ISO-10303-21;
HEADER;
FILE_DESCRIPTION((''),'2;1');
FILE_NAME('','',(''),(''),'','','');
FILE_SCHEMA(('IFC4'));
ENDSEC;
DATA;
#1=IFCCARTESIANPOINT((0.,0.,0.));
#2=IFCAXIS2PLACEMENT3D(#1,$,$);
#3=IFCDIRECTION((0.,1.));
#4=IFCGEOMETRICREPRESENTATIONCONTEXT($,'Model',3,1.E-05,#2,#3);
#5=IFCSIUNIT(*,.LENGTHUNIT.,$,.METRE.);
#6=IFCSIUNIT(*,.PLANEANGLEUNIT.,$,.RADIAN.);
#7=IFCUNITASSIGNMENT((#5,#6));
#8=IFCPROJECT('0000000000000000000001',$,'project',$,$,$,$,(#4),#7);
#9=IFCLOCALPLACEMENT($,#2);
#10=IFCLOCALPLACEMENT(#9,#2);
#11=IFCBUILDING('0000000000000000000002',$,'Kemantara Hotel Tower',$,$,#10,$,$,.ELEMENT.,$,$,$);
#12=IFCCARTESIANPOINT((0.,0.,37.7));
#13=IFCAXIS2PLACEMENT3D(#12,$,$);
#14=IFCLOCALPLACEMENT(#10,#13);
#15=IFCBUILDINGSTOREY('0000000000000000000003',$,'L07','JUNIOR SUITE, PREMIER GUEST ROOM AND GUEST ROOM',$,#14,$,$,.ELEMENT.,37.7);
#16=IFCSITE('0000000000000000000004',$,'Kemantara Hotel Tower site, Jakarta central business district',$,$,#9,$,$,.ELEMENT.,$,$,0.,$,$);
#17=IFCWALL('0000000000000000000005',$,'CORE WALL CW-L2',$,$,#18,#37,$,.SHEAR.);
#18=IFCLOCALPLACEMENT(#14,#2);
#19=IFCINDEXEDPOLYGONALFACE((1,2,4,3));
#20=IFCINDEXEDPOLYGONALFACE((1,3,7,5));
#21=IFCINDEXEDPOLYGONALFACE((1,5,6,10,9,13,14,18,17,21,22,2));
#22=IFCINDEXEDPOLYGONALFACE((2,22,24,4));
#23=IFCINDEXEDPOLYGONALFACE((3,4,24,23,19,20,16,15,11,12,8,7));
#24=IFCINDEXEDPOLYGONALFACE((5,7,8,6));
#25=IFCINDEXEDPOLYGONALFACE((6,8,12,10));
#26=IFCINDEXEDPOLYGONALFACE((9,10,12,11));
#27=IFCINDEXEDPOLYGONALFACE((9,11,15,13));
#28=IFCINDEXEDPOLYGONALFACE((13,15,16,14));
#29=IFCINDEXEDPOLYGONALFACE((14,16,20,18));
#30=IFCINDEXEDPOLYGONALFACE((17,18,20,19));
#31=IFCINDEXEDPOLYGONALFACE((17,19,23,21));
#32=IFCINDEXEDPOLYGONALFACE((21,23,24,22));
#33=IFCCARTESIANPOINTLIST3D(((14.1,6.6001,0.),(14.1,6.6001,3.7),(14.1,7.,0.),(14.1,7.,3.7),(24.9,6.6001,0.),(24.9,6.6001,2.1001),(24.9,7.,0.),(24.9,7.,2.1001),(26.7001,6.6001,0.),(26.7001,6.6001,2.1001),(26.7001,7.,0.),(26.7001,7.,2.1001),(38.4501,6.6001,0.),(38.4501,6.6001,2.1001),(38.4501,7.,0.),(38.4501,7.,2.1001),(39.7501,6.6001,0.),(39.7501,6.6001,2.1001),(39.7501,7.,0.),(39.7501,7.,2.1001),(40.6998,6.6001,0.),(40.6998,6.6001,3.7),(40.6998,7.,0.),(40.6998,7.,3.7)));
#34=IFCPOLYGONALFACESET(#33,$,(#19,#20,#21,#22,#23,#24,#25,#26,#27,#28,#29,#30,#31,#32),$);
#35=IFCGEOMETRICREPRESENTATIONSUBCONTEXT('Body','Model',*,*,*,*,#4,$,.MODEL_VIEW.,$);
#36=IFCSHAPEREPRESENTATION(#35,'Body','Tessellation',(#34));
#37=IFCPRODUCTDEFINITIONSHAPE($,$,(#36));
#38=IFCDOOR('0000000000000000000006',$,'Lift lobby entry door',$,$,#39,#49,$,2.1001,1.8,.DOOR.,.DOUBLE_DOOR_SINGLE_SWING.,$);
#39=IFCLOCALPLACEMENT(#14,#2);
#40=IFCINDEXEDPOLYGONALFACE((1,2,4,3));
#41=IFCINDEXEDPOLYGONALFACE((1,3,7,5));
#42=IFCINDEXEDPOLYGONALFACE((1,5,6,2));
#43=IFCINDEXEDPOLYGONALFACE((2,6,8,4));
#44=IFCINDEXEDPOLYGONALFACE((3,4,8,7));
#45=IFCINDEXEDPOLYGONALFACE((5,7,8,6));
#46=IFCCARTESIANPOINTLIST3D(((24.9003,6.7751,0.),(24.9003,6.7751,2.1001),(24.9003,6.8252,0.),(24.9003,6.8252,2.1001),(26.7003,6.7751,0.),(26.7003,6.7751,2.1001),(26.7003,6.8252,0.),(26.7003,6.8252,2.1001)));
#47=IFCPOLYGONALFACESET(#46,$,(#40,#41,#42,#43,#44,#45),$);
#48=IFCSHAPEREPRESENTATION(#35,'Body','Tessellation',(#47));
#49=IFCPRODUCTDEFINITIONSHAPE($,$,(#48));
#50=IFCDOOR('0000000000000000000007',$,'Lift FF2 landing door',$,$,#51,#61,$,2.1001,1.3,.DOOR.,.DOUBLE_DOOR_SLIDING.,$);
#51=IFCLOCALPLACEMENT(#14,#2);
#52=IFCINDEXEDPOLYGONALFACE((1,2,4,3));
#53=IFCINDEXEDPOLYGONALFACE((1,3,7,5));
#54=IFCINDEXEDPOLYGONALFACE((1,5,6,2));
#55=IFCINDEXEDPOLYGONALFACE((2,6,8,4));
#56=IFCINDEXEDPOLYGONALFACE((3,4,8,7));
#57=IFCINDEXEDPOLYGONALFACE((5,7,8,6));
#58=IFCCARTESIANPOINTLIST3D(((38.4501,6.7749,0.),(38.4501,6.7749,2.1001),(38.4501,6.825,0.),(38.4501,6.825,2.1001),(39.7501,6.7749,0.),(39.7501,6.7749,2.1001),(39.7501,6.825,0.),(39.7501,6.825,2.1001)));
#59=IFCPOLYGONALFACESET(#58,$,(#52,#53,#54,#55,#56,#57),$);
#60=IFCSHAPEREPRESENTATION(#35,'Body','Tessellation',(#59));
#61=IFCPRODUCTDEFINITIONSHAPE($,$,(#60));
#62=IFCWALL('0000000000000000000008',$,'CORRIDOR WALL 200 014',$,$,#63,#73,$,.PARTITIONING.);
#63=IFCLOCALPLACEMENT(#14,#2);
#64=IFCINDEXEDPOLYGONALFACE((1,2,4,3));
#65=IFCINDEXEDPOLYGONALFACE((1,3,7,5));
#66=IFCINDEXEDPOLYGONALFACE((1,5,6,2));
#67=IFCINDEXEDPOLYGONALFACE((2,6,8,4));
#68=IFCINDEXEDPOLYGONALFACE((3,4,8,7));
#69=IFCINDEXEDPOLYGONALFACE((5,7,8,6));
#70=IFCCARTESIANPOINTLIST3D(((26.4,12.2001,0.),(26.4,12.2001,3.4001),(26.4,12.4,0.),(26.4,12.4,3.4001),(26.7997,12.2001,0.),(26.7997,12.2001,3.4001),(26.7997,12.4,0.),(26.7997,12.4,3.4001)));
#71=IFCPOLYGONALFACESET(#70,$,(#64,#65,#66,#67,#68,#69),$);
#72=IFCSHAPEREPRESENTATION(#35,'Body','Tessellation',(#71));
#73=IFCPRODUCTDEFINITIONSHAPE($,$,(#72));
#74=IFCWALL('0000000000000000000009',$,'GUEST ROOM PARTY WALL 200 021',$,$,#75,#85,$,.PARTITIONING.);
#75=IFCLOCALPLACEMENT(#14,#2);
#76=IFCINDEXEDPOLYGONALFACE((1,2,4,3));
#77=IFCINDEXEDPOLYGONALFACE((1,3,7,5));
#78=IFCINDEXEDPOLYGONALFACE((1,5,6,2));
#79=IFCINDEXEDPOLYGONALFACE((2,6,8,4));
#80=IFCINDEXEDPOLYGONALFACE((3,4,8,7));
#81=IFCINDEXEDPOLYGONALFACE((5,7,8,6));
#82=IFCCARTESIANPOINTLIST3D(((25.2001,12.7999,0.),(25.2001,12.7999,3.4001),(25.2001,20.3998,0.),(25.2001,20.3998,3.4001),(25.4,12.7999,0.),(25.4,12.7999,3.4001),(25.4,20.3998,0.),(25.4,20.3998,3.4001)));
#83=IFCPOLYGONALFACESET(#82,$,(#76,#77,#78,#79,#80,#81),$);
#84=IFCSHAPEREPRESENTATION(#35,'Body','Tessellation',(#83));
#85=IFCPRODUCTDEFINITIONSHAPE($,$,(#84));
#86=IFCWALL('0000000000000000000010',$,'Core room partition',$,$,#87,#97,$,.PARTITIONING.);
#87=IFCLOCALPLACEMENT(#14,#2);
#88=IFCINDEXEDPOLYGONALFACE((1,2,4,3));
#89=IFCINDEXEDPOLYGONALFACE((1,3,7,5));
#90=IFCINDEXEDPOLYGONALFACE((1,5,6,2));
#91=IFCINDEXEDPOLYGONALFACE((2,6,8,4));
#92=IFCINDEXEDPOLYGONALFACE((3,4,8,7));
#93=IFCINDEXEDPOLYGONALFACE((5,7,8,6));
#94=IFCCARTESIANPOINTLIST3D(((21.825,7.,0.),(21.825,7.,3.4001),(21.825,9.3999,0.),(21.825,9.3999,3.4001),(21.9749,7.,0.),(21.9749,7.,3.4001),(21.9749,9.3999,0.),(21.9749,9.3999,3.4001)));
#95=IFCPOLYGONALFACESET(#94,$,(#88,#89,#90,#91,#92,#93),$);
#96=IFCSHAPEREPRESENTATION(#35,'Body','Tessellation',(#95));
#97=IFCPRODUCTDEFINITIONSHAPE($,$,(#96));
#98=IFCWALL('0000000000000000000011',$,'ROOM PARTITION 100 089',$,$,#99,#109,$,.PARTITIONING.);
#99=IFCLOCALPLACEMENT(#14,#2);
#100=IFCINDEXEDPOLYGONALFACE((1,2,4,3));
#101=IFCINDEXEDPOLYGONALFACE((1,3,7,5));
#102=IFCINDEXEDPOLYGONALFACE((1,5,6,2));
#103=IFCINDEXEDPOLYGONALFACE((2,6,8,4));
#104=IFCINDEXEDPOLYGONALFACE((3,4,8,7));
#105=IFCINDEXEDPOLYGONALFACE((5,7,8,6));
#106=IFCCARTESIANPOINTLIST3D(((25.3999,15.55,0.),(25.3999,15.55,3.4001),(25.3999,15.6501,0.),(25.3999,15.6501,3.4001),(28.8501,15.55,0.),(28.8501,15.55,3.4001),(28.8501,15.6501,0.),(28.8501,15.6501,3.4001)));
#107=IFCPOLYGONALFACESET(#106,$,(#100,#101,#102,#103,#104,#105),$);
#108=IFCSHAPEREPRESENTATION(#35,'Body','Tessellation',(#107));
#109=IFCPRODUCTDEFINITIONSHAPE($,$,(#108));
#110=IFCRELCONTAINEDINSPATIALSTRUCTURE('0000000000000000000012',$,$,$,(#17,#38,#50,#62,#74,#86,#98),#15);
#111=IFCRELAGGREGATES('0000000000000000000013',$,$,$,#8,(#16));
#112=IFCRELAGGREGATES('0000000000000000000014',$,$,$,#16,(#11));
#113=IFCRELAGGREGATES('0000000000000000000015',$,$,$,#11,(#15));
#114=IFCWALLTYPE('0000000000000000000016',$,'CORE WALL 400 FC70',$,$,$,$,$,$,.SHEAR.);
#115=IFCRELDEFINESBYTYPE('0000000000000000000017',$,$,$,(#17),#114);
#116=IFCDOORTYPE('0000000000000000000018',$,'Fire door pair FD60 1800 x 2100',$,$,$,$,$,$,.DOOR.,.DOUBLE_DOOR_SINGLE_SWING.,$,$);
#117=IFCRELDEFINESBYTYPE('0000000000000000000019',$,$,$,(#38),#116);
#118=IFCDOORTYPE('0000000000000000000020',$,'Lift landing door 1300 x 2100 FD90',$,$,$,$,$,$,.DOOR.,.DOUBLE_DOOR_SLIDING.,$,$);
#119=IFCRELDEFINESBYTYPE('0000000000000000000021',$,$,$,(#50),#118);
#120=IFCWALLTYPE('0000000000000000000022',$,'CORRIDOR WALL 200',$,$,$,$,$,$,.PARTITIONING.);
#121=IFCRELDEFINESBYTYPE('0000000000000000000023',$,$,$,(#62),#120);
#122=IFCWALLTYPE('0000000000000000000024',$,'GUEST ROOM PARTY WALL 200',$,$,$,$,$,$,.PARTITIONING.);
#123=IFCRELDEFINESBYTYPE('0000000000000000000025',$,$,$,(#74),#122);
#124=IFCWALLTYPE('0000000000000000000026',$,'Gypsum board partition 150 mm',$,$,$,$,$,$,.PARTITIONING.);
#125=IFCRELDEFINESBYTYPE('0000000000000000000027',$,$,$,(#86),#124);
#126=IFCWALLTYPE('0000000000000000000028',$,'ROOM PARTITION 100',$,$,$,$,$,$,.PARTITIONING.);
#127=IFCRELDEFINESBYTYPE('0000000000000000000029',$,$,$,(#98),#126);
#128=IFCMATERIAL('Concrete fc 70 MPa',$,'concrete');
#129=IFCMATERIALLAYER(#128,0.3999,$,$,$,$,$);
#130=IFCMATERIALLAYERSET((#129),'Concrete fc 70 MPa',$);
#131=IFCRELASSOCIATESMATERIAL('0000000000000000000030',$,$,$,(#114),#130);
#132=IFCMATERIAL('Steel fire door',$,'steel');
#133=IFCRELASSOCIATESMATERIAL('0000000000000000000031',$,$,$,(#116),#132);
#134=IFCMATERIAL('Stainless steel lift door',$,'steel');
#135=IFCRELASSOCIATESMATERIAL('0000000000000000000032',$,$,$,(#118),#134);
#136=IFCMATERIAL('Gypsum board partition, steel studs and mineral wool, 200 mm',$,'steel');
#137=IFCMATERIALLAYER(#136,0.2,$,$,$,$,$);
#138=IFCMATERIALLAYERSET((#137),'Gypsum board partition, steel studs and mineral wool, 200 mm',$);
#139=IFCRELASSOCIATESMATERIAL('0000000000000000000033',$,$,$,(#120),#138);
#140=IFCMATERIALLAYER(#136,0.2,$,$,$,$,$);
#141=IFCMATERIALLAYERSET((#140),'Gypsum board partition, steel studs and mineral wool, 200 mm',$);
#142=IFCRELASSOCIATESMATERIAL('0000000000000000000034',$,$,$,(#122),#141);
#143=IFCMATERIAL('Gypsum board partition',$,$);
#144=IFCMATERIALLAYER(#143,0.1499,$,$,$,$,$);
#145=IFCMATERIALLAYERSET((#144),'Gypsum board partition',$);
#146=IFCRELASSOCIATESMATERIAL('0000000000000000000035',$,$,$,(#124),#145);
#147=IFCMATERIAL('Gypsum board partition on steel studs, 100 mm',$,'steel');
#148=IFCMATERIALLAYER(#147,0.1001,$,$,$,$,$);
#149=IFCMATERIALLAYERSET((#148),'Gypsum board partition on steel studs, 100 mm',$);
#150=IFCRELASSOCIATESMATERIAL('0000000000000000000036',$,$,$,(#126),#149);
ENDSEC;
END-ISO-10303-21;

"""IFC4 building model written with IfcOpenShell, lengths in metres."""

from ifc_helpers import new_model, si_unit, direction, frame, frame_2d, origin, place, context, subcontext, project, spatial, rectangle, extrude, material, layer, layer_set, type_object, element, fill, save


model = new_model("IFC4")

# Units and contexts
model_context = context("Model", 3, precision=1e-05, world=origin(), true_north=direction((0.0, 1.0)))
body_context = subcontext(model_context, "Body", "Model", "MODEL_VIEW")
ifc_project = project(units=[si_unit("LENGTHUNIT", "METRE"), si_unit("PLANEANGLEUNIT", "RADIAN")], contexts=[model_context])

# Site, building, storey
site_placement = place(None, origin())
site = spatial("IfcSite", under=ifc_project, at=site_placement, Name="Kemantara Hotel Tower site, Jakarta central business district", CompositionType="ELEMENT", RefElevation=0.0)
building_placement = place(site_placement, origin())
building = spatial("IfcBuilding", under=site, at=building_placement, Name="Kemantara Hotel Tower", CompositionType="ELEMENT")
storey_placement = place(building_placement, frame((0.0, 0.0, 37.7)))
storey = spatial("IfcBuildingStorey", under=building, at=storey_placement, Name="L07", Description="JUNIOR SUITE, PREMIER GUEST ROOM AND GUEST ROOM", CompositionType="ELEMENT", Elevation=37.7)

# Shared definitions
ifc_material_1 = material(Name="Concrete fc 70 MPa", Category="concrete")

# Shared definitions
ifc_layer_1 = layer(ifc_material_1, 0.3999)
ifc_layer_set_1 = layer_set([ifc_layer_1], Name="Concrete fc 70 MPa")
wall_type_1 = type_object("IfcWallType", Name="CORE WALL 400 FC70", PredefinedType="SHEAR", material=ifc_layer_set_1)
ifc_material_2 = material(Name="Steel fire door", Category="steel")

# Wall, openings, doors
wall_1_placement = place(storey_placement, frame((14.1001, 6.8, 0.0), z_axis=(0.0, 0.0, 1.0), x_axis=(1.0, 0.0, 0.0)))
wall_1 = element("IfcWall", 1, at=wall_1_placement, inside=storey, type_object=wall_type_1, Name="CORE WALL CW-L2", PredefinedType="SHEAR", context=body_context, shape_type="SweptSolid", body=[
    extrude(rectangle(XDim=26.5999, YDim=0.3999, at=frame_2d((13.2998, 0.0))), origin(), (0.0, 0.0, 1.0), 3.7),
])
opening_1_placement = place(wall_1_placement, frame((10.8, 0.0, 0.0)))
opening_1 = element("IfcOpeningElement", 2, at=opening_1_placement, cuts=wall_1, PredefinedType="OPENING", context=body_context, shape_type="SweptSolid", body=[
    extrude(rectangle(XDim=1.8, YDim=2.1001, at=frame_2d((0.8999, 1.05))), frame((0.0, 0.21, 0.0), z_axis=(0.0, -1.0, 0.0), x_axis=(1.0, 0.0, 0.0)), (0.0, 0.0, 1.0), 0.4199),
])
opening_2_placement = place(wall_1_placement, frame((24.3501, 0.0, 0.0)))
opening_2 = element("IfcOpeningElement", 3, at=opening_2_placement, cuts=wall_1, PredefinedType="OPENING", context=body_context, shape_type="SweptSolid", body=[
    extrude(rectangle(XDim=1.3, YDim=2.1001, at=frame_2d((0.6499, 1.05))), frame((0.0, 0.21, 0.0), z_axis=(0.0, -1.0, 0.0), x_axis=(1.0, 0.0, 0.0)), (0.0, 0.0, 1.0), 0.4199),
])
door_type_1 = type_object("IfcDoorType", Name="Fire door pair FD60 1800 x 2100", OperationType="DOUBLE_DOOR_SINGLE_SWING", PredefinedType="DOOR", material=ifc_material_2)
door_1_placement = place(opening_1_placement, frame((1.8, 0.0, 0.0), z_axis=(0.0, 0.0, 1.0), x_axis=(-1.0, 0.0, 0.0)))
door_1 = element("IfcDoor", 4, at=door_1_placement, inside=storey, type_object=door_type_1, Name="Lift lobby entry door", OperationType="DOUBLE_DOOR_SINGLE_SWING", OverallHeight=2.1001, OverallWidth=1.8, PredefinedType="DOOR", context=body_context, shape_type="SweptSolid", body=[
    extrude(rectangle(XDim=1.8, YDim=2.1001, at=frame_2d((0.8999, 1.05))), frame((0.0, 0.0249, 0.0), z_axis=(0.0, -1.0, 0.0), x_axis=(1.0, 0.0, 0.0)), (0.0, 0.0, 1.0), 0.05),
])
fill(opening_1, door_1)
ifc_material_3 = material(Name="Stainless steel lift door", Category="steel")
door_type_2 = type_object("IfcDoorType", Name="Lift landing door 1300 x 2100 FD90", OperationType="DOUBLE_DOOR_SLIDING", PredefinedType="DOOR", material=ifc_material_3)
door_2_placement = place(opening_2_placement, origin())
door_2 = element("IfcDoor", 5, at=door_2_placement, inside=storey, type_object=door_type_2, Name="Lift FF2 landing door", OperationType="DOUBLE_DOOR_SLIDING", OverallHeight=2.1001, OverallWidth=1.3, PredefinedType="DOOR", context=body_context, shape_type="SweptSolid", body=[
    extrude(rectangle(XDim=1.3, YDim=2.1001, at=frame_2d((0.6499, 1.05))), frame((0.0, 0.0249, 0.0), z_axis=(0.0, -1.0, 0.0), x_axis=(1.0, 0.0, 0.0)), (0.0, 0.0, 1.0), 0.05),
])
fill(opening_2, door_2)

# Walls
ifc_material_4 = material(Name="Gypsum board partition, steel studs and mineral wool, 200 mm", Category="steel")
ifc_layer_2 = layer(ifc_material_4, 0.2)
ifc_layer_set_2 = layer_set([ifc_layer_2], Name="Gypsum board partition, steel studs and mineral wool, 200 mm")
wall_type_2 = type_object("IfcWallType", Name="CORRIDOR WALL 200", PredefinedType="PARTITIONING", material=ifc_layer_set_2)
wall_2_placement = place(storey_placement, frame((26.4001, 12.3, 0.0), z_axis=(0.0, 0.0, 1.0), x_axis=(1.0, 0.0, 0.0)))
element("IfcWall", 6, at=wall_2_placement, inside=storey, type_object=wall_type_2, Name="CORRIDOR WALL 200 014", PredefinedType="PARTITIONING", context=body_context, shape_type="SweptSolid", body=[
    extrude(rectangle(XDim=0.3997, YDim=0.2, at=frame_2d((0.1997, 0.0))), origin(), (0.0, 0.0, 1.0), 3.4001),
])
ifc_layer_3 = layer(ifc_material_4, 0.2)
ifc_layer_set_3 = layer_set([ifc_layer_3], Name="Gypsum board partition, steel studs and mineral wool, 200 mm")
wall_type_3 = type_object("IfcWallType", Name="GUEST ROOM PARTY WALL 200", PredefinedType="PARTITIONING", material=ifc_layer_set_3)
wall_3_placement = place(storey_placement, frame((25.3, 12.8, 0.0), z_axis=(0.0, 0.0, 1.0), x_axis=(0.0, 1.0, 0.0)))
element("IfcWall", 7, at=wall_3_placement, inside=storey, type_object=wall_type_3, Name="GUEST ROOM PARTY WALL 200 021", PredefinedType="PARTITIONING", context=body_context, shape_type="SweptSolid", body=[
    extrude(rectangle(XDim=7.5999, YDim=0.2, at=frame_2d((3.7998, 0.0))), origin(), (0.0, 0.0, 1.0), 3.4001),
])
ifc_material_5 = material(Name="Gypsum board partition")
ifc_layer_4 = layer(ifc_material_5, 0.1499)
ifc_layer_set_4 = layer_set([ifc_layer_4], Name="Gypsum board partition")
wall_type_4 = type_object("IfcWallType", Name="Gypsum board partition 150 mm", PredefinedType="PARTITIONING", material=ifc_layer_set_4)
wall_4_placement = place(storey_placement, frame((21.8999, 7.0, 0.0), z_axis=(0.0, 0.0, 1.0), x_axis=(0.0, 1.0, 0.0)))
element("IfcWall", 8, at=wall_4_placement, inside=storey, type_object=wall_type_4, Name="Core room partition", PredefinedType="PARTITIONING", context=body_context, shape_type="SweptSolid", body=[
    extrude(rectangle(XDim=2.3999, YDim=0.1499, at=frame_2d((1.2, 0.0))), origin(), (0.0, 0.0, 1.0), 3.4001),
])
ifc_material_6 = material(Name="Gypsum board partition on steel studs, 100 mm", Category="steel")
ifc_layer_5 = layer(ifc_material_6, 0.1001)
ifc_layer_set_5 = layer_set([ifc_layer_5], Name="Gypsum board partition on steel studs, 100 mm")
wall_type_5 = type_object("IfcWallType", Name="ROOM PARTITION 100", PredefinedType="PARTITIONING", material=ifc_layer_set_5)
wall_5_placement = place(storey_placement, frame((25.3999, 15.6001, 0.0), z_axis=(0.0, 0.0, 1.0), x_axis=(1.0, 0.0, 0.0)))
element("IfcWall", 9, at=wall_5_placement, inside=storey, type_object=wall_type_5, Name="ROOM PARTITION 100 089", PredefinedType="PARTITIONING", context=body_context, shape_type="SweptSolid", body=[
    extrude(rectangle(XDim=3.4502, YDim=0.1001, at=frame_2d((1.7251, 0.0))), origin(), (0.0, 0.0, 1.0), 3.4001),
])

save(model, "model.ifc")
